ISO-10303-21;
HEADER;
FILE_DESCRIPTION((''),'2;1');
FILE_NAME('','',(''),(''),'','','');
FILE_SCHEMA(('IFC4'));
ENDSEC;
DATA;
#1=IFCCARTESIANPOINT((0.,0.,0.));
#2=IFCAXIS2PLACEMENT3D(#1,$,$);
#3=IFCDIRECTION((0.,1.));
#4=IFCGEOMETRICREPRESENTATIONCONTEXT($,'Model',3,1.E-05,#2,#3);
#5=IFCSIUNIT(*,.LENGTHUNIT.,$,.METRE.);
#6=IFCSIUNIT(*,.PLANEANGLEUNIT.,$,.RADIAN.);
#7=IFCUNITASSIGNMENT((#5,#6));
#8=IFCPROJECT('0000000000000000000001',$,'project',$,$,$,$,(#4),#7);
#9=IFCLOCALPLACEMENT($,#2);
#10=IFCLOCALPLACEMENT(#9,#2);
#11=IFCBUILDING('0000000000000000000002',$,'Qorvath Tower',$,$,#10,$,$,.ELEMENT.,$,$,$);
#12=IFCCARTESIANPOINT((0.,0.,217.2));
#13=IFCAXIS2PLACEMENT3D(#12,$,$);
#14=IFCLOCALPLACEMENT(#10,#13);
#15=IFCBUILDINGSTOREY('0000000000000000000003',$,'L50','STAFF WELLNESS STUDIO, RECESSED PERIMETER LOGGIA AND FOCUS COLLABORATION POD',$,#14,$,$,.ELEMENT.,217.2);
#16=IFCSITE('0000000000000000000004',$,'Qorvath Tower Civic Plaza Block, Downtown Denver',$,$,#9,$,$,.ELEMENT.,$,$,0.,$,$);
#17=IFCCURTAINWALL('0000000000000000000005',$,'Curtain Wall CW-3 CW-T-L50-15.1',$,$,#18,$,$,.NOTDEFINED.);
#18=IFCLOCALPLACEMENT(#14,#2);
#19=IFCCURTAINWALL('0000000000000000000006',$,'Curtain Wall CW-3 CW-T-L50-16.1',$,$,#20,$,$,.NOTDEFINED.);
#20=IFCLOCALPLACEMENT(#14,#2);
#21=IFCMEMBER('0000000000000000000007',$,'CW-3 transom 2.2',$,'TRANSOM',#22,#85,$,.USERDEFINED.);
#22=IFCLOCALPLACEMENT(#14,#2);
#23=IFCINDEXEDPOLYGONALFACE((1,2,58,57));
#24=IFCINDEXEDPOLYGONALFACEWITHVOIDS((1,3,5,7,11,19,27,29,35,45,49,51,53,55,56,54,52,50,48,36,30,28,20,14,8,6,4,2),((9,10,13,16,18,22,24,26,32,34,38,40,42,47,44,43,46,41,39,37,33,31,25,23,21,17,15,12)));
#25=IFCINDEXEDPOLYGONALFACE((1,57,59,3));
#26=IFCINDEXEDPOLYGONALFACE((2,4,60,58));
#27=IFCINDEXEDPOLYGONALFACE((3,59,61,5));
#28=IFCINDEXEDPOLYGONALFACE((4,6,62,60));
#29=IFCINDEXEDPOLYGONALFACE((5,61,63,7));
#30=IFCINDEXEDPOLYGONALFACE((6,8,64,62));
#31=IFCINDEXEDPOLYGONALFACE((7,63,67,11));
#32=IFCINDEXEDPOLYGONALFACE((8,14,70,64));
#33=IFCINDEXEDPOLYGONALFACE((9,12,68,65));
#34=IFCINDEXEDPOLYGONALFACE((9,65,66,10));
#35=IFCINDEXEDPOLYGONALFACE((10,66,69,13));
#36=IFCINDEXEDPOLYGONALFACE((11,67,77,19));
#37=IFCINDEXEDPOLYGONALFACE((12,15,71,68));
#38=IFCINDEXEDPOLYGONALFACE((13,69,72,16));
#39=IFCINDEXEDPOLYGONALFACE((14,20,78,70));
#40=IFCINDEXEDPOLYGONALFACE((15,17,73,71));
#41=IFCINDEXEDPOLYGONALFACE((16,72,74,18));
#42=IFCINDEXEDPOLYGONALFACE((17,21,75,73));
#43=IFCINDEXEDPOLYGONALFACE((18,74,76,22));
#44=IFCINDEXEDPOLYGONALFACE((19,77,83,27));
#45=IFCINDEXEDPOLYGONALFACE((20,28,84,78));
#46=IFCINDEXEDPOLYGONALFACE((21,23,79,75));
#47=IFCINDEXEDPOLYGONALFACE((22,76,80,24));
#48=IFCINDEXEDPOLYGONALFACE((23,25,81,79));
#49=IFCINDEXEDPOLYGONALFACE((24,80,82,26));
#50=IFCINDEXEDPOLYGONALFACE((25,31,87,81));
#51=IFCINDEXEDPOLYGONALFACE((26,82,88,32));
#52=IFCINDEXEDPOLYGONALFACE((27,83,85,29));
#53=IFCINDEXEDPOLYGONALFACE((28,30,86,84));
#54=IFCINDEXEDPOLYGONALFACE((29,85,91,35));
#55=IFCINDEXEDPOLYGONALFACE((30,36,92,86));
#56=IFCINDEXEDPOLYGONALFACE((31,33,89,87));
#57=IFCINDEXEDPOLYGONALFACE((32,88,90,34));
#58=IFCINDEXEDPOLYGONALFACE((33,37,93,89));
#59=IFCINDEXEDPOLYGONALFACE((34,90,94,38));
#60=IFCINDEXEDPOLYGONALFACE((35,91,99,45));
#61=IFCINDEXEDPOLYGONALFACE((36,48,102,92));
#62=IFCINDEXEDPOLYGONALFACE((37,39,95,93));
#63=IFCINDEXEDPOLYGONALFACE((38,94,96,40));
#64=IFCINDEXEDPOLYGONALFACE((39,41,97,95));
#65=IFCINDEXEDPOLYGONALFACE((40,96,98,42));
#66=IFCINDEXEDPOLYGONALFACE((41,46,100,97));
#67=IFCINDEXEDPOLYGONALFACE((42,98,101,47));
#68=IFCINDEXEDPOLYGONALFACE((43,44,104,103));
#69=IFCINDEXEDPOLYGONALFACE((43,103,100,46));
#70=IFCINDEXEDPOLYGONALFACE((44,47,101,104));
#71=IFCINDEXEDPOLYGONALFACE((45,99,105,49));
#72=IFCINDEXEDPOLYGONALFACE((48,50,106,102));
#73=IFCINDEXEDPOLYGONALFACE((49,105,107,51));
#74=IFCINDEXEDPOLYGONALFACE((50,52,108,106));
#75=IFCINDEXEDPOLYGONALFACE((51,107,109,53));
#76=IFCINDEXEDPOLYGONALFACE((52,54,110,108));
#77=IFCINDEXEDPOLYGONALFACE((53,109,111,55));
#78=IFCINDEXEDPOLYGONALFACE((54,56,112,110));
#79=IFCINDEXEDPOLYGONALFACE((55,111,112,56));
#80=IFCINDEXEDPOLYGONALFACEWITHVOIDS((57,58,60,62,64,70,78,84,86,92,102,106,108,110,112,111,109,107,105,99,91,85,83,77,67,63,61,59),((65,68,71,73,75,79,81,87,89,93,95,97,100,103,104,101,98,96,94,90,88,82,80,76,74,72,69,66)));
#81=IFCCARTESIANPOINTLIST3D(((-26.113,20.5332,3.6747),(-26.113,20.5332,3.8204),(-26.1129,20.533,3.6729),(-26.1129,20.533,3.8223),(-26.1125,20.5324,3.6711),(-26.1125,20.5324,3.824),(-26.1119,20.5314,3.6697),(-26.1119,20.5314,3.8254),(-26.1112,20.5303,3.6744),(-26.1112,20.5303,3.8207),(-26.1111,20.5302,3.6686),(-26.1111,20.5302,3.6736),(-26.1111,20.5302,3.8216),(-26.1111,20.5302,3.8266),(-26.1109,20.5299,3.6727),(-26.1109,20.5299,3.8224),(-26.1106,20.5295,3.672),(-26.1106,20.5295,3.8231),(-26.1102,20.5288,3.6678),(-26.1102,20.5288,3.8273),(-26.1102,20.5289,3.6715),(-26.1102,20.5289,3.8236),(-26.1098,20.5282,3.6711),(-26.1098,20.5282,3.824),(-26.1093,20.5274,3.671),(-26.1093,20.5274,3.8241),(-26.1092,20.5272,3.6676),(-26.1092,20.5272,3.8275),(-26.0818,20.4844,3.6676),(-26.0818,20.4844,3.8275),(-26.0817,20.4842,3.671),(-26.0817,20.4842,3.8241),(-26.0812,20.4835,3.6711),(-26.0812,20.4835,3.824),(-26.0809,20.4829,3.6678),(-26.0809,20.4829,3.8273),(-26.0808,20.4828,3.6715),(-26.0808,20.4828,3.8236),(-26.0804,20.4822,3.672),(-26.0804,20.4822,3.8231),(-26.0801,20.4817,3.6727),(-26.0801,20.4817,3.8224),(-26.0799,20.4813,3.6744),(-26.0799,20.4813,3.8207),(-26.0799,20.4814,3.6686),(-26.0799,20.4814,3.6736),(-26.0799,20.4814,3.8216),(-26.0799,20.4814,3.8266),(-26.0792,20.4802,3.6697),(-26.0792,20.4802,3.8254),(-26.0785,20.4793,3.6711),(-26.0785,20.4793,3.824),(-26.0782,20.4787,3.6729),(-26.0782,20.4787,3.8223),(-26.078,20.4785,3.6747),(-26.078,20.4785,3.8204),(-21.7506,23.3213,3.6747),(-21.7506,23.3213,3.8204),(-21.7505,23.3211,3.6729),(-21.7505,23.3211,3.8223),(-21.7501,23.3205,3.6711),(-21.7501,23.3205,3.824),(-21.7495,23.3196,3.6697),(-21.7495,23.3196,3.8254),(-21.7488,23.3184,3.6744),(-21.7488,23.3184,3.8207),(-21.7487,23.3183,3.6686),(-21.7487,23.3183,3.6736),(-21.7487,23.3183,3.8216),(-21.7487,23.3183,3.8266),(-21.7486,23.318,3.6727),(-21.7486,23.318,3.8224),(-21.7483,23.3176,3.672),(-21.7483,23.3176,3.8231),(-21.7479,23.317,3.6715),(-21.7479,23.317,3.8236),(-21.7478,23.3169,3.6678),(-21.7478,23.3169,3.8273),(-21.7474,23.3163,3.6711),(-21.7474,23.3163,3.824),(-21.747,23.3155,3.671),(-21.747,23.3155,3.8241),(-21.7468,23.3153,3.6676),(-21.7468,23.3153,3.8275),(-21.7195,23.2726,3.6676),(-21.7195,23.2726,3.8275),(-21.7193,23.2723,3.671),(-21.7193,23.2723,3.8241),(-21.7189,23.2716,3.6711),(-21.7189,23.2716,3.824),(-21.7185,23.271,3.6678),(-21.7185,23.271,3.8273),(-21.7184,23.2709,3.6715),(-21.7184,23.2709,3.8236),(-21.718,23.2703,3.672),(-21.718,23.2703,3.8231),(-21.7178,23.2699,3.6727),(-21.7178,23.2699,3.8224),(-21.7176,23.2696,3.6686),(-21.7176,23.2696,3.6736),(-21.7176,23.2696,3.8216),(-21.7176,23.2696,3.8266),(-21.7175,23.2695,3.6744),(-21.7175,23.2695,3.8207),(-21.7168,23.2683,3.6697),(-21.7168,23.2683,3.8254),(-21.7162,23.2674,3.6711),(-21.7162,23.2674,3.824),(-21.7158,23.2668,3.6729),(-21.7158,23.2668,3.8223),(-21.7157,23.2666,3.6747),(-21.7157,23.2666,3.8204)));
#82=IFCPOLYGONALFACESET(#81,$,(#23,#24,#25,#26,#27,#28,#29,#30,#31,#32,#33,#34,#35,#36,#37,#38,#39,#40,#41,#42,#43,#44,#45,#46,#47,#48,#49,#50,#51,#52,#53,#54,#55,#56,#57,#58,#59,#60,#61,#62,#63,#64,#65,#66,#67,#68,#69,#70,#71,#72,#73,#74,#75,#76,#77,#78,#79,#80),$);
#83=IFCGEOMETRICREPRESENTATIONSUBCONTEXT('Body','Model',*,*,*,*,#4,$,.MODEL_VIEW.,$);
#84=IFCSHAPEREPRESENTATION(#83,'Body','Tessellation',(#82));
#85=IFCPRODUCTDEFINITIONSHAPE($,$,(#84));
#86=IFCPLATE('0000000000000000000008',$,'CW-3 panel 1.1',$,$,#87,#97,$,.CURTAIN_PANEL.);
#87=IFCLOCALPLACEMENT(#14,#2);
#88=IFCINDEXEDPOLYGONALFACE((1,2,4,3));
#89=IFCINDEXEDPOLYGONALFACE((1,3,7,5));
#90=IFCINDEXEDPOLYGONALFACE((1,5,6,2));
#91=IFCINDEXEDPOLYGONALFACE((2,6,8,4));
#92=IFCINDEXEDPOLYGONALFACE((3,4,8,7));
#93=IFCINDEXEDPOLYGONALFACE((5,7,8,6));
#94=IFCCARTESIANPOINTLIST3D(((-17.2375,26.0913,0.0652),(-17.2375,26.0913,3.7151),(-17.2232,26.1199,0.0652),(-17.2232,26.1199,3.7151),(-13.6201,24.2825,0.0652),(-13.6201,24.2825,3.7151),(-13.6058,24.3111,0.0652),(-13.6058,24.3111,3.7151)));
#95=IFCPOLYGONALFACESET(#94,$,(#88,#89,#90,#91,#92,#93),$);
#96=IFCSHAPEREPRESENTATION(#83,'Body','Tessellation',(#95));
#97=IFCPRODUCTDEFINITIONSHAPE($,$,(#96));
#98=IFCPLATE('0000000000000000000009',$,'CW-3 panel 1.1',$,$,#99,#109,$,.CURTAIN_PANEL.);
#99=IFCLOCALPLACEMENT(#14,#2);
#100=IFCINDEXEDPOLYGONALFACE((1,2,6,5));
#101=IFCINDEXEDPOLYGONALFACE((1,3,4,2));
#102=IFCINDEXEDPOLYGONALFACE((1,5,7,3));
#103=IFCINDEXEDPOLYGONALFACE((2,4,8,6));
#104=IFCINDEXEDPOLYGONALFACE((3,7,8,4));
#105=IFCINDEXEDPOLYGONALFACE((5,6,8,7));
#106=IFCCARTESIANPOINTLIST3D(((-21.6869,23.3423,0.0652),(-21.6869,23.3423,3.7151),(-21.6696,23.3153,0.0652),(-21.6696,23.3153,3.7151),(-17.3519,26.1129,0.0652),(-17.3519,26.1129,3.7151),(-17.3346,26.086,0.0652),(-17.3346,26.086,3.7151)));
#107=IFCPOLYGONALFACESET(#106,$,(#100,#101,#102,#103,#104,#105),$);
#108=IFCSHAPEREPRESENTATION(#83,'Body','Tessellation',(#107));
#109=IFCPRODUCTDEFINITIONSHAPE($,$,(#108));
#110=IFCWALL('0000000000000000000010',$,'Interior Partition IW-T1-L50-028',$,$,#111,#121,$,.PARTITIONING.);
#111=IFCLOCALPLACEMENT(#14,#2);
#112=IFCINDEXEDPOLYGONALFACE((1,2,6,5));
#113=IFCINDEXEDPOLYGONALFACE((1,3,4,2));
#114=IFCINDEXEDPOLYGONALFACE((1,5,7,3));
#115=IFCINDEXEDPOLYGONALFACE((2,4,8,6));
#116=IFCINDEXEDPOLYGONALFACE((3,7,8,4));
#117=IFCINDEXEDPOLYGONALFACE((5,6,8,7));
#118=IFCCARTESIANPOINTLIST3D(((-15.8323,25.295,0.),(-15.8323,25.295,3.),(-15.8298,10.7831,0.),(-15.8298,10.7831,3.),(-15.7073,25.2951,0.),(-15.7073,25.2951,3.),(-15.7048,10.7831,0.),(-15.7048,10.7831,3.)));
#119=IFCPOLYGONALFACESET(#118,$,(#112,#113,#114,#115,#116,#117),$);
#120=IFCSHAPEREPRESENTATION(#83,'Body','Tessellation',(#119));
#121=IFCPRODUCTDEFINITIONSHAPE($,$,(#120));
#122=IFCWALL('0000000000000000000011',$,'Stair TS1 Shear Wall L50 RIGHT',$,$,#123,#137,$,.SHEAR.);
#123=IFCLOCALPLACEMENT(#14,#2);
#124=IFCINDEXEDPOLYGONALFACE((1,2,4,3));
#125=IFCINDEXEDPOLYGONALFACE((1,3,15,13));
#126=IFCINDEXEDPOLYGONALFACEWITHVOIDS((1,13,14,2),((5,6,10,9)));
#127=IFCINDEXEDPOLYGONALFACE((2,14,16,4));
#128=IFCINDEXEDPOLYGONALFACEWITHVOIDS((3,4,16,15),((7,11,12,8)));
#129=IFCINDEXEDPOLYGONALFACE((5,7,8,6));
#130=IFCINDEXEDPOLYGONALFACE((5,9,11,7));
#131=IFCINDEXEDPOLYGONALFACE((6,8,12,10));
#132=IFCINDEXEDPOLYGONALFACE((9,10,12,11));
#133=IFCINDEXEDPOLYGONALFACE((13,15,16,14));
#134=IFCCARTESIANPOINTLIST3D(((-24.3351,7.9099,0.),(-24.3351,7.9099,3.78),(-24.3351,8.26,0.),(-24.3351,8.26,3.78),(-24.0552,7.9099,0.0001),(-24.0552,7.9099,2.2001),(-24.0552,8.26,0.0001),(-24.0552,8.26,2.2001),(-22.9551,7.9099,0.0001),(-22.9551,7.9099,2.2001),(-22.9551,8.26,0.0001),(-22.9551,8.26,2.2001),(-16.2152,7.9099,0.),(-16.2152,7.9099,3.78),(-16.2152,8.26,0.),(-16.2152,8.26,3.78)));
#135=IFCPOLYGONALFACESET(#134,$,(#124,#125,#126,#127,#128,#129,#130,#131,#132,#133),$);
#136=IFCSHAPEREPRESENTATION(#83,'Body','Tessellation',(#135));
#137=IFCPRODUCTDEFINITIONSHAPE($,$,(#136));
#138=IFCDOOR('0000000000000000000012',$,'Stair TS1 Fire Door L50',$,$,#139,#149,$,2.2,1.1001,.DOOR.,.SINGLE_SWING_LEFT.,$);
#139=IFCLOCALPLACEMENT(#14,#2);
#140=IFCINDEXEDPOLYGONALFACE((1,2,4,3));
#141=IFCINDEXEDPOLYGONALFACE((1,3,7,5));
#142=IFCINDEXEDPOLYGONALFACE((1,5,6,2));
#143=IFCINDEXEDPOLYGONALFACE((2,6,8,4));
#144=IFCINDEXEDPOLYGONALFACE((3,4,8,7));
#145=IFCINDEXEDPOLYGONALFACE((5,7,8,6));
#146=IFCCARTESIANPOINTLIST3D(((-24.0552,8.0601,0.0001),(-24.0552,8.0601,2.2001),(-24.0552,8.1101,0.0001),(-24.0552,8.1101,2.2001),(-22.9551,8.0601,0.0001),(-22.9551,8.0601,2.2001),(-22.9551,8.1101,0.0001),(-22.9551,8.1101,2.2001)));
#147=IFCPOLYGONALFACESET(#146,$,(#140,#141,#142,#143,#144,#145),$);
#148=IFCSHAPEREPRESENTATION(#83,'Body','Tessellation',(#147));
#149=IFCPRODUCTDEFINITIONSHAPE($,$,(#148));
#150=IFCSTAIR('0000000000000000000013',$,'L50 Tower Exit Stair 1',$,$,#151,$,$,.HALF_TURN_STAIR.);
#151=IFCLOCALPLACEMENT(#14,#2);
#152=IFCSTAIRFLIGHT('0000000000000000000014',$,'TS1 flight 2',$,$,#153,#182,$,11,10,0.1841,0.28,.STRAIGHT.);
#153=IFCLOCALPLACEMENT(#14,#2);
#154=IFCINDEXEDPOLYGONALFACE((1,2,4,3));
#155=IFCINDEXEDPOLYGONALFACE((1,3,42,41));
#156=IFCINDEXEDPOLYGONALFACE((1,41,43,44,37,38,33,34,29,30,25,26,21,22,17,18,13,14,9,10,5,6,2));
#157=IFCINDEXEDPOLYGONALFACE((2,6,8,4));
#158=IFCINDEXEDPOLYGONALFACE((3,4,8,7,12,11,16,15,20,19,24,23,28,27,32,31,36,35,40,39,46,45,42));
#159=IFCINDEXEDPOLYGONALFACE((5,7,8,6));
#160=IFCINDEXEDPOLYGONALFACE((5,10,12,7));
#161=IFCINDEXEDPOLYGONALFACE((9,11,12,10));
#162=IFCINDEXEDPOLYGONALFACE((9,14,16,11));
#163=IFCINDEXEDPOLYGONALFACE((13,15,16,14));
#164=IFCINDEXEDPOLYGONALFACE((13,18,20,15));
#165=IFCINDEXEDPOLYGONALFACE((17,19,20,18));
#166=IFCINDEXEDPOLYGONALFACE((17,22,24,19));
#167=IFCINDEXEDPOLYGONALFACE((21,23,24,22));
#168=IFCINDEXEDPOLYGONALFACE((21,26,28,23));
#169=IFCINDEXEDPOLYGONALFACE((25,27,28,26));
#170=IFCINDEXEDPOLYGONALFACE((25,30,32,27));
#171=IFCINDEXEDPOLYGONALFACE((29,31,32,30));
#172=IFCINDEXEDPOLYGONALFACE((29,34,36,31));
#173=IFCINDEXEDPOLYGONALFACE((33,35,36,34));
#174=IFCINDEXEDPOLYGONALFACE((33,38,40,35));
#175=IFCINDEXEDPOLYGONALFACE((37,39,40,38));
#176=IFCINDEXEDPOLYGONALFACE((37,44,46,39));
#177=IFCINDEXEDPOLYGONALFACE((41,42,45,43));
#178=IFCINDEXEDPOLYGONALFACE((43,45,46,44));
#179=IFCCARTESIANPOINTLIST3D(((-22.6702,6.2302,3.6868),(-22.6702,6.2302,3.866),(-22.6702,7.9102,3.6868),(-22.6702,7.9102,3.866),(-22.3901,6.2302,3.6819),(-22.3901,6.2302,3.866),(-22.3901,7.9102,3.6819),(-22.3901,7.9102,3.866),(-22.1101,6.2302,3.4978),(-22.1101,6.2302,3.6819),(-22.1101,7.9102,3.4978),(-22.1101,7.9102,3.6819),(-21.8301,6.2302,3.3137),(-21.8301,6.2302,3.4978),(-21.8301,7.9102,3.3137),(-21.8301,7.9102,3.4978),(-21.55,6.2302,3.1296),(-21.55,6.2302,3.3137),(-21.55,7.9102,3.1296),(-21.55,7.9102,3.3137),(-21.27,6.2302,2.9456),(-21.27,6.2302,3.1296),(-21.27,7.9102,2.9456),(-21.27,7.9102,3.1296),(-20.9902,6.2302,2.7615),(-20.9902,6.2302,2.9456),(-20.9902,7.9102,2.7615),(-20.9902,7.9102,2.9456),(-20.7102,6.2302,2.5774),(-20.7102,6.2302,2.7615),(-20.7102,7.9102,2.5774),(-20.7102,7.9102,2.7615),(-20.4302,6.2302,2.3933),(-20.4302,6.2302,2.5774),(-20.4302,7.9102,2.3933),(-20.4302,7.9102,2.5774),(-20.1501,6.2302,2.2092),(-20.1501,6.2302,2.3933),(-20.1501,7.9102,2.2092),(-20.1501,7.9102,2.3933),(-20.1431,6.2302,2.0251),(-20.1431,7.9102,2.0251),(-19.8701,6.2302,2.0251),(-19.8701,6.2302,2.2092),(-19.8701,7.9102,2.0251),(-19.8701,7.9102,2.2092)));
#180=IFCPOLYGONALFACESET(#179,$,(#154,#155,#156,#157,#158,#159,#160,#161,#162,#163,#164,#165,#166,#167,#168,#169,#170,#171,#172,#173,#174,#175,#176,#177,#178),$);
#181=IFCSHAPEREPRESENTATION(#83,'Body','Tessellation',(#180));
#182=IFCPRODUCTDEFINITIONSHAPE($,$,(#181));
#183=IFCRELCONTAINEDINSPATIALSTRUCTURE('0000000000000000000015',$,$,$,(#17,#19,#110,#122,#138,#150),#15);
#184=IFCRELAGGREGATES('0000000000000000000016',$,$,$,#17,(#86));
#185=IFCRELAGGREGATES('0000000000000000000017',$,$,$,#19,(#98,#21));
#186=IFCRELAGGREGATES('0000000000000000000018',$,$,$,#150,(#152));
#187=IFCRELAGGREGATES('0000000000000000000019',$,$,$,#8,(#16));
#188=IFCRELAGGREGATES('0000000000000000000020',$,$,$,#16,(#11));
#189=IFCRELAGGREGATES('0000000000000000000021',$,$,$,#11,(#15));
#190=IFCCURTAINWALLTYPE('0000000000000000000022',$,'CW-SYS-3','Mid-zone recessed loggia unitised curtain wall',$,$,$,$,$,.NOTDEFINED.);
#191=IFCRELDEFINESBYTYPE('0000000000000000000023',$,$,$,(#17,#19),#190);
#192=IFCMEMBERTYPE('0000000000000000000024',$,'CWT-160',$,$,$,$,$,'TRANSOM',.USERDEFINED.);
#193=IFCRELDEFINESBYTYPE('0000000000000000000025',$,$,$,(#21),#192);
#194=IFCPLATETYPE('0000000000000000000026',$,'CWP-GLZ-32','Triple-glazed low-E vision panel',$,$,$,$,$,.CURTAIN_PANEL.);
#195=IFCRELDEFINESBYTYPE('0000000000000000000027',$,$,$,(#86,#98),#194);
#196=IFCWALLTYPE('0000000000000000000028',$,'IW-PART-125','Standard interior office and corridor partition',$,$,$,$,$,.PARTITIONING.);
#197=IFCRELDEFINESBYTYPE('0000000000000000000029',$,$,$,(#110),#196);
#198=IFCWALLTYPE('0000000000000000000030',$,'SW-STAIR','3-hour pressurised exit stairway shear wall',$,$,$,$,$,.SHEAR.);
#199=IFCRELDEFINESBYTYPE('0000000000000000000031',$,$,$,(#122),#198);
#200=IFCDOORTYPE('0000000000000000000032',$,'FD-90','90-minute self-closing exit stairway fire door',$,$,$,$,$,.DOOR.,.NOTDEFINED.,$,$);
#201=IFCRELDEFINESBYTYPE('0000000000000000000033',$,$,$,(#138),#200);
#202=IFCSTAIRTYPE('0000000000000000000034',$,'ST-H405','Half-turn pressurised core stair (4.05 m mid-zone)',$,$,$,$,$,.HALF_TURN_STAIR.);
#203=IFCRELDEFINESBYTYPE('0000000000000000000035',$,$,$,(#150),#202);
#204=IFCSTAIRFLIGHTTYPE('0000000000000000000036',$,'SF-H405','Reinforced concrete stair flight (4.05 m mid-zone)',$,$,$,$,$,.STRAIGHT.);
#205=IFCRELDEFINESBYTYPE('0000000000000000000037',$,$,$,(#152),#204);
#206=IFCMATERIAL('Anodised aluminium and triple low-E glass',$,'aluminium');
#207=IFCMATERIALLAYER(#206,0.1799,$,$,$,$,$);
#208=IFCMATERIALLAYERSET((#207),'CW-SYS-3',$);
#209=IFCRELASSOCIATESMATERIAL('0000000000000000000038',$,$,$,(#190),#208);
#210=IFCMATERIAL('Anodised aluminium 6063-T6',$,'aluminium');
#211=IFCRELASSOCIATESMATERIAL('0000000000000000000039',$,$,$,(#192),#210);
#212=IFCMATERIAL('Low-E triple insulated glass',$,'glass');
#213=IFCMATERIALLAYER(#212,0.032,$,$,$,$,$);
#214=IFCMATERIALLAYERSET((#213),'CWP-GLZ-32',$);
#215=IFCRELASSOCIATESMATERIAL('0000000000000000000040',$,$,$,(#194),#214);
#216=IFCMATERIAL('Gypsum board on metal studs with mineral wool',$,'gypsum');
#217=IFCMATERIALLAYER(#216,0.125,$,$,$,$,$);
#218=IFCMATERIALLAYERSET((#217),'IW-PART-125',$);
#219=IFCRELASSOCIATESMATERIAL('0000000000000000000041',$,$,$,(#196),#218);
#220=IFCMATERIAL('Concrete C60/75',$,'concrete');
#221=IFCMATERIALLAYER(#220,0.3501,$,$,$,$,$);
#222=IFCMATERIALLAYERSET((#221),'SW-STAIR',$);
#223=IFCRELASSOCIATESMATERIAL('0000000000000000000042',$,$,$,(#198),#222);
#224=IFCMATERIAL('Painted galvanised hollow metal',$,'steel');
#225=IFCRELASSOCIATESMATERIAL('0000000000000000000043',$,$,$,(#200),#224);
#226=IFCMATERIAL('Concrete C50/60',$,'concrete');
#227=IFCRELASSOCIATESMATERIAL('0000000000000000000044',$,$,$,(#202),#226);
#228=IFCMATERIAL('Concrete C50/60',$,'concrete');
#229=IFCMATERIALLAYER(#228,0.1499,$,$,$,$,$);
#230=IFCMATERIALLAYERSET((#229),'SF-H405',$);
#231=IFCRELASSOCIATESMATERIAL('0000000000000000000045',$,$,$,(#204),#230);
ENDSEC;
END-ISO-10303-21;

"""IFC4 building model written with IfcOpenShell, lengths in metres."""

from ifc_helpers import new_model, si_unit, direction, frame, frame_2d, origin, origin_2d, place, context, subcontext, project, spatial, polyline, rectangle, hollow_rectangle, outline, extrude, material, layer, layer_set, material_profile, profile_set, type_object, element, fill, aggregate, save


model = new_model("IFC4")

# Units and contexts
model_context = context("Model", 3, precision=1e-05, world=origin(), true_north=direction((0.0, 1.0)))
body_context = subcontext(model_context, "Body", "Model", "MODEL_VIEW")
ifc_project = project(units=[si_unit("LENGTHUNIT", "METRE"), si_unit("PLANEANGLEUNIT", "RADIAN")], contexts=[model_context])

# Site, building, storey
site_placement = place(None, origin())
site = spatial("IfcSite", under=ifc_project, at=site_placement, Name="Qorvath Tower Civic Plaza Block, Downtown Denver", CompositionType="ELEMENT", RefElevation=0.0)
building_placement = place(site_placement, origin())
building = spatial("IfcBuilding", under=site, at=building_placement, Name="Qorvath Tower", CompositionType="ELEMENT")
storey_placement = place(building_placement, frame((0.0, 0.0, 217.2)))
storey = spatial("IfcBuildingStorey", under=building, at=storey_placement, Name="L50", Description="STAFF WELLNESS STUDIO, RECESSED PERIMETER LOGGIA AND FOCUS COLLABORATION POD", CompositionType="ELEMENT", Elevation=217.2)

# Curtain wall
ifc_material_1 = material(Name="Anodised aluminium and triple low-E glass", Category="aluminium")
ifc_layer_1 = layer(ifc_material_1, 0.1799)
ifc_layer_set_1 = layer_set([ifc_layer_1], Name="CW-SYS-3")
curtain_wall_type = type_object("IfcCurtainWallType", Name="CW-SYS-3", Description="Mid-zone recessed loggia unitised curtain wall", PredefinedType="NOTDEFINED", material=ifc_layer_set_1)
curtain_wall_1_placement = place(storey_placement, origin())
curtain_wall_1 = element("IfcCurtainWall", 1, at=curtain_wall_1_placement, inside=storey, type_object=curtain_wall_type, Name="Curtain Wall CW-3 CW-T-L50-15.1", PredefinedType="NOTDEFINED")

# Curtain wall
curtain_wall_2_placement = place(storey_placement, origin())
curtain_wall_2 = element("IfcCurtainWall", 2, at=curtain_wall_2_placement, inside=storey, type_object=curtain_wall_type, Name="Curtain Wall CW-3 CW-T-L50-16.1", PredefinedType="NOTDEFINED")

# Member
ifc_material_2 = material(Name="Anodised aluminium 6063-T6", Category="aluminium")
ifc_material_profile_1 = material_profile(ifc_material_2, hollow_rectangle(XDim=0.0649, YDim=0.1599, WallThickness=0.0034, InnerFilletRadius=0.0034, OuterFilletRadius=0.0071, at=origin_2d()), Name="CWT 160x65")
ifc_profile_set_1 = profile_set([ifc_material_profile_1], Name="Anodised aluminium 6063-T6")
member_type_1 = type_object("IfcMemberType", Name="CWT-160", ElementType="TRANSOM", PredefinedType="USERDEFINED", material=ifc_profile_set_1)
member_1_placement = place(storey_placement, frame((-21.7332, 23.2939, 3.7476), z_axis=(-0.842604, -0.538534, 0.0), x_axis=(0.538534, -0.842604, 0.0)))
member_1 = element("IfcMember", 3, at=member_1_placement, type_object=member_type_1, Name="CW-3 transom 2.2", ObjectType="TRANSOM", PredefinedType="USERDEFINED", context=body_context, shape_type="SweptSolid", body=[
    extrude(hollow_rectangle(XDim=0.0649, YDim=0.1599, WallThickness=0.0034, InnerFilletRadius=0.0034, OuterFilletRadius=0.0071, at=origin_2d()), origin(), (0.0, 0.0, 1.0), 5.1772),
])

# Plates
ifc_material_3 = material(Name="Low-E triple insulated glass", Category="glass")
ifc_layer_2 = layer(ifc_material_3, 0.032)
ifc_layer_set_2 = layer_set([ifc_layer_2], Name="CWP-GLZ-32")
plate_type = type_object("IfcPlateType", Name="CWP-GLZ-32", Description="Triple-glazed low-E vision panel", PredefinedType="CURTAIN_PANEL", material=ifc_layer_set_2)
plate_1_placement = place(storey_placement, frame((-15.4216, 25.2012, 0.0652), z_axis=(0.0, 0.0, 1.0), x_axis=(-0.894422, 0.447223, 0.0)))
plate_1 = element("IfcPlate", 4, at=plate_1_placement, type_object=plate_type, Name="CW-3 panel 1.1", PredefinedType="CURTAIN_PANEL", context=body_context, shape_type="SweptSolid", body=[
    extrude(rectangle(XDim=4.0444, YDim=0.032, at=origin_2d()), origin(), (0.0, 0.0, 1.0), 3.6499),
])
aggregate(curtain_wall_1, [plate_1])
plate_2_placement = place(storey_placement, frame((-19.5107, 24.7141, 0.0652), z_axis=(0.0, 0.0, 1.0), x_axis=(-0.842603, -0.538535, 0.0)))
plate_2 = element("IfcPlate", 5, at=plate_2_placement, type_object=plate_type, Name="CW-3 panel 1.1", PredefinedType="CURTAIN_PANEL", context=body_context, shape_type="SweptSolid", body=[
    extrude(rectangle(XDim=5.1448, YDim=0.032, at=origin_2d()), origin(), (0.0, 0.0, 1.0), 3.6499),
])
aggregate(curtain_wall_2, [plate_2, member_1])

# Wall
ifc_material_4 = material(Name="Gypsum board on metal studs with mineral wool", Category="gypsum")
ifc_layer_3 = layer(ifc_material_4, 0.125)
ifc_layer_set_3 = layer_set([ifc_layer_3], Name="IW-PART-125")
wall_type_1 = type_object("IfcWallType", Name="IW-PART-125", Description="Standard interior office and corridor partition", PredefinedType="PARTITIONING", material=ifc_layer_set_3)
wall_1_placement = place(storey_placement, frame((-15.7673, 10.7832, 0.0), z_axis=(0.0, 0.0, 1.0), x_axis=(-0.000168, 1.0, 0.0)))
element("IfcWall", 6, at=wall_1_placement, inside=storey, type_object=wall_type_1, Name="Interior Partition IW-T1-L50-028", PredefinedType="PARTITIONING", context=body_context, shape_type="SweptSolid", body=[
    extrude(rectangle(XDim=14.512, YDim=0.125, at=frame_2d((7.2559, 0.0))), origin(), (0.0, 0.0, 1.0), 3.0),
])

# Wall, opening, door
ifc_material_5 = material(Name="Concrete C60/75", Category="concrete")
ifc_layer_4 = layer(ifc_material_5, 0.3501)
ifc_layer_set_4 = layer_set([ifc_layer_4], Name="SW-STAIR")
wall_type_2 = type_object("IfcWallType", Name="SW-STAIR", Description="3-hour pressurised exit stairway shear wall", PredefinedType="SHEAR", material=ifc_layer_set_4)
wall_2_placement = place(storey_placement, frame((-16.2151, 8.085, 0.0), z_axis=(0.0, 0.0, 1.0), x_axis=(-1.0, 0.0, 0.0)))
wall_2 = element("IfcWall", 7, at=wall_2_placement, inside=storey, type_object=wall_type_2, Name="Stair TS1 Shear Wall L50 RIGHT", PredefinedType="SHEAR", context=body_context, shape_type="SweptSolid", body=[
    extrude(rectangle(XDim=8.1199, YDim=0.3501, at=frame_2d((4.0601, 0.0))), origin(), (0.0, 0.0, 1.0), 3.78),
])
opening_1_placement = place(wall_2_placement, frame((6.74, 0.0, 0.0)))
opening_1 = element("IfcOpeningElement", 8, at=opening_1_placement, cuts=wall_2, PredefinedType="OPENING", context=body_context, shape_type="SweptSolid", body=[
    extrude(rectangle(XDim=1.1001, YDim=2.2, at=frame_2d((0.55, 1.1001))), frame((0.0, 0.1851, 0.0), z_axis=(0.0, -1.0, 0.0), x_axis=(1.0, 0.0, 0.0)), (0.0, 0.0, 1.0), 0.3701),
])
ifc_material_6 = material(Name="Painted galvanised hollow metal", Category="steel")
door_type_1 = type_object("IfcDoorType", Name="FD-90", Description="90-minute self-closing exit stairway fire door", OperationType="NOTDEFINED", PredefinedType="DOOR", material=ifc_material_6)
door_1_placement = place(opening_1_placement, origin())
door_1 = element("IfcDoor", 9, at=door_1_placement, inside=storey, type_object=door_type_1, Name="Stair TS1 Fire Door L50", OperationType="SINGLE_SWING_LEFT", OverallHeight=2.2, OverallWidth=1.1001, PredefinedType="DOOR", context=body_context, shape_type="SweptSolid", body=[
    extrude(rectangle(XDim=1.1001, YDim=2.2, at=frame_2d((0.55, 1.1001))), frame((0.0, 0.0249, 0.0), z_axis=(0.0, -1.0, 0.0), x_axis=(1.0, 0.0, 0.0)), (0.0, 0.0, 1.0), 0.05),
])
fill(opening_1, door_1)

# Stair, stair flight
ifc_material_7 = material(Name="Concrete C50/60", Category="concrete")
stair_type = type_object("IfcStairType", Name="ST-H405", Description="Half-turn pressurised core stair (4.05 m mid-zone)", PredefinedType="HALF_TURN_STAIR", material=ifc_material_7)
stair_placement = place(storey_placement, origin())
stair = element("IfcStair", 10, at=stair_placement, inside=storey, type_object=stair_type, Name="L50 Tower Exit Stair 1", PredefinedType="HALF_TURN_STAIR")
ifc_material_8 = material(Name="Concrete C50/60", Category="concrete")
ifc_layer_5 = layer(ifc_material_8, 0.1499)
ifc_layer_set_5 = layer_set([ifc_layer_5], Name="SF-H405")
stair_flight_type = type_object("IfcStairFlightType", Name="SF-H405", Description="Reinforced concrete stair flight (4.05 m mid-zone)", PredefinedType="STRAIGHT", material=ifc_layer_set_5)
stair_flight_placement = place(storey_placement, frame((-19.8701, 7.0701, 2.0251), z_axis=(0.0, 0.0, 1.0), x_axis=(-1.0, 0.0, 0.0)))
stair_flight = element("IfcStairFlight", 11, at=stair_flight_placement, type_object=stair_flight_type, Name="TS1 flight 2", NumberOfRisers=11, NumberOfTreads=10, PredefinedType="STRAIGHT", RiserHeight=0.1841, TreadLength=0.28, context=body_context, shape_type="SweptSolid", body=[
    extrude(outline(polyline([(0.0, 0.0), (0.0, 0.1841), (0.28, 0.1841), (0.28, 0.3682), (0.5601, 0.3682), (0.5601, 0.5522), (0.8401, 0.5522), (0.8401, 0.7363), (1.1201, 0.7363), (1.1201, 0.9204), (1.3999, 0.9204), (1.3999, 1.1045), (1.6799, 1.1045), (1.6799, 1.2886), (1.96, 1.2886), (1.96, 1.4727), (2.24, 1.4727), (2.24, 1.6567), (2.52, 1.6567), (2.52, 1.8408), (2.8, 1.8408), (2.8, 2.0249), (2.8, 1.6616), (0.2729, 0.0), (0.0, 0.0)])), frame((0.0, 0.8398, 0.0), z_axis=(0.0, -1.0, 0.0), x_axis=(1.0, 0.0, 0.0)), (0.0, 0.0, 1.0), 1.6799),
])
aggregate(stair, [stair_flight])

save(model, "model.ifc")
